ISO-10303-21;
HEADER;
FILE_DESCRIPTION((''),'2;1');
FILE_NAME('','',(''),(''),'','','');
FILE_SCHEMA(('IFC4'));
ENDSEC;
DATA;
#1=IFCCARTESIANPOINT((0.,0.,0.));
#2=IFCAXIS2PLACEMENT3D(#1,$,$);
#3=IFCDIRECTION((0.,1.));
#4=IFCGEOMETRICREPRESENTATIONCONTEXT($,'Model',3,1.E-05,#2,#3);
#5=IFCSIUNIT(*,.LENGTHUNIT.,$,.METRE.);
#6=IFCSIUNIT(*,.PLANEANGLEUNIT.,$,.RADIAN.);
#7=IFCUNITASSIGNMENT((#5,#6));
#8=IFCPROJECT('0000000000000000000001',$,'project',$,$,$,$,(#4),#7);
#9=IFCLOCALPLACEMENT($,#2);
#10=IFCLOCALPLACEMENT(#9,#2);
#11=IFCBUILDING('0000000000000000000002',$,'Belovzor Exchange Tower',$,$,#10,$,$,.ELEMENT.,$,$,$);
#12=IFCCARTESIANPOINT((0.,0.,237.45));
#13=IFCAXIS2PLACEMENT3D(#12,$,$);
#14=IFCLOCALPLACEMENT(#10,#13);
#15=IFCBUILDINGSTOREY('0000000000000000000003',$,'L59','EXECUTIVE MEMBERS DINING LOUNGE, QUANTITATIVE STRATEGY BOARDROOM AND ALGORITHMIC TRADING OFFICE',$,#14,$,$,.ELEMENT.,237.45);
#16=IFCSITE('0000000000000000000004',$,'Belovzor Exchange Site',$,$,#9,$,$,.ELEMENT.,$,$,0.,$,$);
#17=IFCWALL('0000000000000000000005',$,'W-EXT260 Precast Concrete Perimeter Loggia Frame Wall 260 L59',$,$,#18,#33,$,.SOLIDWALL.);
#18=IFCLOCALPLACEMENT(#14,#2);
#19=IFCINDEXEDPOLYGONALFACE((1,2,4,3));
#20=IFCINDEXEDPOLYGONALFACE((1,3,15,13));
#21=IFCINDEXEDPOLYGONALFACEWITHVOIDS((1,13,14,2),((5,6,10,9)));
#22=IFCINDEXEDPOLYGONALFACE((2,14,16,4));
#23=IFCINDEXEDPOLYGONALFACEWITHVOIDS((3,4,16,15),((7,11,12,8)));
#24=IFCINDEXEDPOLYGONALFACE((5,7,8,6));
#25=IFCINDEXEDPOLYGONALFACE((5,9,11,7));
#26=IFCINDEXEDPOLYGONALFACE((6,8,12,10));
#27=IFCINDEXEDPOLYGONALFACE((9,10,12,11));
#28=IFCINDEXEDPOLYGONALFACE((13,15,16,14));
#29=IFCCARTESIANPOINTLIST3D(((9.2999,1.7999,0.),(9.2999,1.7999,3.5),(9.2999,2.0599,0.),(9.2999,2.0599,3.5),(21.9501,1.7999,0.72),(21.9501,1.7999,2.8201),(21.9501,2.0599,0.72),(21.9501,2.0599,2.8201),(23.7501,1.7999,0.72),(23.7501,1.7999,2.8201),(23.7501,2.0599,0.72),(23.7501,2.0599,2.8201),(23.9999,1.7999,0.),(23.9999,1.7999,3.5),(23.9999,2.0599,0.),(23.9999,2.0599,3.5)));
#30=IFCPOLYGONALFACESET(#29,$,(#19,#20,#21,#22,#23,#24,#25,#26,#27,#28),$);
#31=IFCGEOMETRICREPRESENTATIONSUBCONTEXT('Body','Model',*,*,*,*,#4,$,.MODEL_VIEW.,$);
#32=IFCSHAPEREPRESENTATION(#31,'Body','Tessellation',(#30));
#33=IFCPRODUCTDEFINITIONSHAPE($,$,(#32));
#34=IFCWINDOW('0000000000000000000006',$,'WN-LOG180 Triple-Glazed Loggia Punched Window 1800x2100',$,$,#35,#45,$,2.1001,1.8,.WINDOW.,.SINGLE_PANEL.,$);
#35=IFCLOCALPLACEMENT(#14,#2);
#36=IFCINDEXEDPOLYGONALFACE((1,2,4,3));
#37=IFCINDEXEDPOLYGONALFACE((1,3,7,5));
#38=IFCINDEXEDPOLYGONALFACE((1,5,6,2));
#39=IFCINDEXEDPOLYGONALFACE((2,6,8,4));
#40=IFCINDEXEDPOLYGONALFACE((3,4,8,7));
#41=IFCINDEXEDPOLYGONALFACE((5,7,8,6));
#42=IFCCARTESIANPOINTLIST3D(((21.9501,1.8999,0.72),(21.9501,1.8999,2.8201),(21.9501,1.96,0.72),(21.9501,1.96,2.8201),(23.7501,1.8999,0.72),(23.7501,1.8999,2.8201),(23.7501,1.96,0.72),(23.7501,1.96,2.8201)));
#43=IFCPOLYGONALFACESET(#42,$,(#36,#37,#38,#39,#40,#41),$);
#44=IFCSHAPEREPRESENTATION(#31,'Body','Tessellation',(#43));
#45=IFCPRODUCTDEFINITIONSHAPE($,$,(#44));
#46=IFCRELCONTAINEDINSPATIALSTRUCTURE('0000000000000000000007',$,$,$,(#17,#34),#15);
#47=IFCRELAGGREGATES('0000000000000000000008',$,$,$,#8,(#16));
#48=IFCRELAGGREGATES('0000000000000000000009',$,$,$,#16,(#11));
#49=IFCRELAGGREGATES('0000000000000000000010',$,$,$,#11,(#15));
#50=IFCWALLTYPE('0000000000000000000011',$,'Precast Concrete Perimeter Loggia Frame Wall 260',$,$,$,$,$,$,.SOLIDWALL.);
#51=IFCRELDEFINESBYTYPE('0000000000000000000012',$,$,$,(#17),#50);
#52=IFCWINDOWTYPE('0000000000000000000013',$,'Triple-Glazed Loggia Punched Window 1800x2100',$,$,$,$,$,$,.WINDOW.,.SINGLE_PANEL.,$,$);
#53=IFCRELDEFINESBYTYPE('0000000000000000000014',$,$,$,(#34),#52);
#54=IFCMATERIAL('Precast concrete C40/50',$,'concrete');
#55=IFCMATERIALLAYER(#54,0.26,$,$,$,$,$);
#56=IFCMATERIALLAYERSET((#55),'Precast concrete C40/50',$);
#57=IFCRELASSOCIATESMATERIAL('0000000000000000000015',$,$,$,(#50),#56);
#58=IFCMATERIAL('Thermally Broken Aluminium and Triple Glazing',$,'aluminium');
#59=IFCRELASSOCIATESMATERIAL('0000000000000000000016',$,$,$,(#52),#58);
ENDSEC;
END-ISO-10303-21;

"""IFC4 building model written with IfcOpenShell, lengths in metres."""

from ifc_helpers import new_model, si_unit, direction, frame, frame_2d, origin, place, context, subcontext, project, spatial, rectangle, extrude, material, layer, layer_set, type_object, element, fill, save


model = new_model("IFC4")

# Units and contexts
model_context = context("Model", 3, precision=1e-05, world=origin(), true_north=direction((0.0, 1.0)))
body_context = subcontext(model_context, "Body", "Model", "MODEL_VIEW")
ifc_project = project(units=[si_unit("LENGTHUNIT", "METRE"), si_unit("PLANEANGLEUNIT", "RADIAN")], contexts=[model_context])

# Site, building, storey
site_placement = place(None, origin())
site = spatial("IfcSite", under=ifc_project, at=site_placement, Name="Belovzor Exchange Site", CompositionType="ELEMENT", RefElevation=0.0)
building_placement = place(site_placement, origin())
building = spatial("IfcBuilding", under=site, at=building_placement, Name="Belovzor Exchange Tower", CompositionType="ELEMENT")
storey_placement = place(building_placement, frame((0.0, 0.0, 237.45)))
storey = spatial("IfcBuildingStorey", under=building, at=storey_placement, Name="L59", Description="EXECUTIVE MEMBERS DINING LOUNGE, QUANTITATIVE STRATEGY BOARDROOM AND ALGORITHMIC TRADING OFFICE", CompositionType="ELEMENT", Elevation=237.45)

# Wall, opening, window
ifc_material_1 = material(Name="Precast concrete C40/50", Category="concrete")
ifc_layer_1 = layer(ifc_material_1, 0.26)
ifc_layer_set_1 = layer_set([ifc_layer_1], Name="Precast concrete C40/50")
wall_type_1 = type_object("IfcWallType", Name="Precast Concrete Perimeter Loggia Frame Wall 260", PredefinedType="SOLIDWALL", material=ifc_layer_set_1)
wall_1_placement = place(storey_placement, frame((24.0, 1.9299, 0.0), z_axis=(0.0, 0.0, 1.0), x_axis=(-1.0, 0.0, 0.0)))
wall_1 = element("IfcWall", 1, at=wall_1_placement, inside=storey, type_object=wall_type_1, Name="W-EXT260 Precast Concrete Perimeter Loggia Frame Wall 260 L59", PredefinedType="SOLIDWALL", context=body_context, shape_type="SweptSolid", body=[
    extrude(rectangle(XDim=14.7, YDim=0.26, at=frame_2d((7.3501, 0.0))), origin(), (0.0, 0.0, 1.0), 3.5),
])
opening_1_placement = place(wall_1_placement, frame((0.25, 0.0, 0.72)))
opening_1 = element("IfcOpeningElement", 2, at=opening_1_placement, cuts=wall_1, PredefinedType="OPENING", context=body_context, shape_type="SweptSolid", body=[
    extrude(rectangle(XDim=1.8, YDim=2.1001, at=frame_2d((0.8999, 1.05))), frame((0.0, 0.1399, 0.0), z_axis=(0.0, -1.0, 0.0), x_axis=(1.0, 0.0, 0.0)), (0.0, 0.0, 1.0), 0.28),
])
ifc_material_2 = material(Name="Thermally Broken Aluminium and Triple Glazing", Category="aluminium")
window_type = type_object("IfcWindowType", Name="Triple-Glazed Loggia Punched Window 1800x2100", PartitioningType="SINGLE_PANEL", PredefinedType="WINDOW", material=ifc_material_2)
window_placement = place(opening_1_placement, origin())
window = element("IfcWindow", 3, at=window_placement, inside=storey, type_object=window_type, Name="WN-LOG180 Triple-Glazed Loggia Punched Window 1800x2100", OverallHeight=2.1001, OverallWidth=1.8, PartitioningType="SINGLE_PANEL", PredefinedType="WINDOW", context=body_context, shape_type="SweptSolid", body=[
    extrude(rectangle(XDim=1.8, YDim=2.1001, at=frame_2d((0.8999, 1.05))), frame((0.0, 0.03, 0.0), z_axis=(0.0, -1.0, 0.0), x_axis=(1.0, 0.0, 0.0)), (0.0, 0.0, 1.0), 0.0601),
])
fill(opening_1, window)

save(model, "model.ifc")
